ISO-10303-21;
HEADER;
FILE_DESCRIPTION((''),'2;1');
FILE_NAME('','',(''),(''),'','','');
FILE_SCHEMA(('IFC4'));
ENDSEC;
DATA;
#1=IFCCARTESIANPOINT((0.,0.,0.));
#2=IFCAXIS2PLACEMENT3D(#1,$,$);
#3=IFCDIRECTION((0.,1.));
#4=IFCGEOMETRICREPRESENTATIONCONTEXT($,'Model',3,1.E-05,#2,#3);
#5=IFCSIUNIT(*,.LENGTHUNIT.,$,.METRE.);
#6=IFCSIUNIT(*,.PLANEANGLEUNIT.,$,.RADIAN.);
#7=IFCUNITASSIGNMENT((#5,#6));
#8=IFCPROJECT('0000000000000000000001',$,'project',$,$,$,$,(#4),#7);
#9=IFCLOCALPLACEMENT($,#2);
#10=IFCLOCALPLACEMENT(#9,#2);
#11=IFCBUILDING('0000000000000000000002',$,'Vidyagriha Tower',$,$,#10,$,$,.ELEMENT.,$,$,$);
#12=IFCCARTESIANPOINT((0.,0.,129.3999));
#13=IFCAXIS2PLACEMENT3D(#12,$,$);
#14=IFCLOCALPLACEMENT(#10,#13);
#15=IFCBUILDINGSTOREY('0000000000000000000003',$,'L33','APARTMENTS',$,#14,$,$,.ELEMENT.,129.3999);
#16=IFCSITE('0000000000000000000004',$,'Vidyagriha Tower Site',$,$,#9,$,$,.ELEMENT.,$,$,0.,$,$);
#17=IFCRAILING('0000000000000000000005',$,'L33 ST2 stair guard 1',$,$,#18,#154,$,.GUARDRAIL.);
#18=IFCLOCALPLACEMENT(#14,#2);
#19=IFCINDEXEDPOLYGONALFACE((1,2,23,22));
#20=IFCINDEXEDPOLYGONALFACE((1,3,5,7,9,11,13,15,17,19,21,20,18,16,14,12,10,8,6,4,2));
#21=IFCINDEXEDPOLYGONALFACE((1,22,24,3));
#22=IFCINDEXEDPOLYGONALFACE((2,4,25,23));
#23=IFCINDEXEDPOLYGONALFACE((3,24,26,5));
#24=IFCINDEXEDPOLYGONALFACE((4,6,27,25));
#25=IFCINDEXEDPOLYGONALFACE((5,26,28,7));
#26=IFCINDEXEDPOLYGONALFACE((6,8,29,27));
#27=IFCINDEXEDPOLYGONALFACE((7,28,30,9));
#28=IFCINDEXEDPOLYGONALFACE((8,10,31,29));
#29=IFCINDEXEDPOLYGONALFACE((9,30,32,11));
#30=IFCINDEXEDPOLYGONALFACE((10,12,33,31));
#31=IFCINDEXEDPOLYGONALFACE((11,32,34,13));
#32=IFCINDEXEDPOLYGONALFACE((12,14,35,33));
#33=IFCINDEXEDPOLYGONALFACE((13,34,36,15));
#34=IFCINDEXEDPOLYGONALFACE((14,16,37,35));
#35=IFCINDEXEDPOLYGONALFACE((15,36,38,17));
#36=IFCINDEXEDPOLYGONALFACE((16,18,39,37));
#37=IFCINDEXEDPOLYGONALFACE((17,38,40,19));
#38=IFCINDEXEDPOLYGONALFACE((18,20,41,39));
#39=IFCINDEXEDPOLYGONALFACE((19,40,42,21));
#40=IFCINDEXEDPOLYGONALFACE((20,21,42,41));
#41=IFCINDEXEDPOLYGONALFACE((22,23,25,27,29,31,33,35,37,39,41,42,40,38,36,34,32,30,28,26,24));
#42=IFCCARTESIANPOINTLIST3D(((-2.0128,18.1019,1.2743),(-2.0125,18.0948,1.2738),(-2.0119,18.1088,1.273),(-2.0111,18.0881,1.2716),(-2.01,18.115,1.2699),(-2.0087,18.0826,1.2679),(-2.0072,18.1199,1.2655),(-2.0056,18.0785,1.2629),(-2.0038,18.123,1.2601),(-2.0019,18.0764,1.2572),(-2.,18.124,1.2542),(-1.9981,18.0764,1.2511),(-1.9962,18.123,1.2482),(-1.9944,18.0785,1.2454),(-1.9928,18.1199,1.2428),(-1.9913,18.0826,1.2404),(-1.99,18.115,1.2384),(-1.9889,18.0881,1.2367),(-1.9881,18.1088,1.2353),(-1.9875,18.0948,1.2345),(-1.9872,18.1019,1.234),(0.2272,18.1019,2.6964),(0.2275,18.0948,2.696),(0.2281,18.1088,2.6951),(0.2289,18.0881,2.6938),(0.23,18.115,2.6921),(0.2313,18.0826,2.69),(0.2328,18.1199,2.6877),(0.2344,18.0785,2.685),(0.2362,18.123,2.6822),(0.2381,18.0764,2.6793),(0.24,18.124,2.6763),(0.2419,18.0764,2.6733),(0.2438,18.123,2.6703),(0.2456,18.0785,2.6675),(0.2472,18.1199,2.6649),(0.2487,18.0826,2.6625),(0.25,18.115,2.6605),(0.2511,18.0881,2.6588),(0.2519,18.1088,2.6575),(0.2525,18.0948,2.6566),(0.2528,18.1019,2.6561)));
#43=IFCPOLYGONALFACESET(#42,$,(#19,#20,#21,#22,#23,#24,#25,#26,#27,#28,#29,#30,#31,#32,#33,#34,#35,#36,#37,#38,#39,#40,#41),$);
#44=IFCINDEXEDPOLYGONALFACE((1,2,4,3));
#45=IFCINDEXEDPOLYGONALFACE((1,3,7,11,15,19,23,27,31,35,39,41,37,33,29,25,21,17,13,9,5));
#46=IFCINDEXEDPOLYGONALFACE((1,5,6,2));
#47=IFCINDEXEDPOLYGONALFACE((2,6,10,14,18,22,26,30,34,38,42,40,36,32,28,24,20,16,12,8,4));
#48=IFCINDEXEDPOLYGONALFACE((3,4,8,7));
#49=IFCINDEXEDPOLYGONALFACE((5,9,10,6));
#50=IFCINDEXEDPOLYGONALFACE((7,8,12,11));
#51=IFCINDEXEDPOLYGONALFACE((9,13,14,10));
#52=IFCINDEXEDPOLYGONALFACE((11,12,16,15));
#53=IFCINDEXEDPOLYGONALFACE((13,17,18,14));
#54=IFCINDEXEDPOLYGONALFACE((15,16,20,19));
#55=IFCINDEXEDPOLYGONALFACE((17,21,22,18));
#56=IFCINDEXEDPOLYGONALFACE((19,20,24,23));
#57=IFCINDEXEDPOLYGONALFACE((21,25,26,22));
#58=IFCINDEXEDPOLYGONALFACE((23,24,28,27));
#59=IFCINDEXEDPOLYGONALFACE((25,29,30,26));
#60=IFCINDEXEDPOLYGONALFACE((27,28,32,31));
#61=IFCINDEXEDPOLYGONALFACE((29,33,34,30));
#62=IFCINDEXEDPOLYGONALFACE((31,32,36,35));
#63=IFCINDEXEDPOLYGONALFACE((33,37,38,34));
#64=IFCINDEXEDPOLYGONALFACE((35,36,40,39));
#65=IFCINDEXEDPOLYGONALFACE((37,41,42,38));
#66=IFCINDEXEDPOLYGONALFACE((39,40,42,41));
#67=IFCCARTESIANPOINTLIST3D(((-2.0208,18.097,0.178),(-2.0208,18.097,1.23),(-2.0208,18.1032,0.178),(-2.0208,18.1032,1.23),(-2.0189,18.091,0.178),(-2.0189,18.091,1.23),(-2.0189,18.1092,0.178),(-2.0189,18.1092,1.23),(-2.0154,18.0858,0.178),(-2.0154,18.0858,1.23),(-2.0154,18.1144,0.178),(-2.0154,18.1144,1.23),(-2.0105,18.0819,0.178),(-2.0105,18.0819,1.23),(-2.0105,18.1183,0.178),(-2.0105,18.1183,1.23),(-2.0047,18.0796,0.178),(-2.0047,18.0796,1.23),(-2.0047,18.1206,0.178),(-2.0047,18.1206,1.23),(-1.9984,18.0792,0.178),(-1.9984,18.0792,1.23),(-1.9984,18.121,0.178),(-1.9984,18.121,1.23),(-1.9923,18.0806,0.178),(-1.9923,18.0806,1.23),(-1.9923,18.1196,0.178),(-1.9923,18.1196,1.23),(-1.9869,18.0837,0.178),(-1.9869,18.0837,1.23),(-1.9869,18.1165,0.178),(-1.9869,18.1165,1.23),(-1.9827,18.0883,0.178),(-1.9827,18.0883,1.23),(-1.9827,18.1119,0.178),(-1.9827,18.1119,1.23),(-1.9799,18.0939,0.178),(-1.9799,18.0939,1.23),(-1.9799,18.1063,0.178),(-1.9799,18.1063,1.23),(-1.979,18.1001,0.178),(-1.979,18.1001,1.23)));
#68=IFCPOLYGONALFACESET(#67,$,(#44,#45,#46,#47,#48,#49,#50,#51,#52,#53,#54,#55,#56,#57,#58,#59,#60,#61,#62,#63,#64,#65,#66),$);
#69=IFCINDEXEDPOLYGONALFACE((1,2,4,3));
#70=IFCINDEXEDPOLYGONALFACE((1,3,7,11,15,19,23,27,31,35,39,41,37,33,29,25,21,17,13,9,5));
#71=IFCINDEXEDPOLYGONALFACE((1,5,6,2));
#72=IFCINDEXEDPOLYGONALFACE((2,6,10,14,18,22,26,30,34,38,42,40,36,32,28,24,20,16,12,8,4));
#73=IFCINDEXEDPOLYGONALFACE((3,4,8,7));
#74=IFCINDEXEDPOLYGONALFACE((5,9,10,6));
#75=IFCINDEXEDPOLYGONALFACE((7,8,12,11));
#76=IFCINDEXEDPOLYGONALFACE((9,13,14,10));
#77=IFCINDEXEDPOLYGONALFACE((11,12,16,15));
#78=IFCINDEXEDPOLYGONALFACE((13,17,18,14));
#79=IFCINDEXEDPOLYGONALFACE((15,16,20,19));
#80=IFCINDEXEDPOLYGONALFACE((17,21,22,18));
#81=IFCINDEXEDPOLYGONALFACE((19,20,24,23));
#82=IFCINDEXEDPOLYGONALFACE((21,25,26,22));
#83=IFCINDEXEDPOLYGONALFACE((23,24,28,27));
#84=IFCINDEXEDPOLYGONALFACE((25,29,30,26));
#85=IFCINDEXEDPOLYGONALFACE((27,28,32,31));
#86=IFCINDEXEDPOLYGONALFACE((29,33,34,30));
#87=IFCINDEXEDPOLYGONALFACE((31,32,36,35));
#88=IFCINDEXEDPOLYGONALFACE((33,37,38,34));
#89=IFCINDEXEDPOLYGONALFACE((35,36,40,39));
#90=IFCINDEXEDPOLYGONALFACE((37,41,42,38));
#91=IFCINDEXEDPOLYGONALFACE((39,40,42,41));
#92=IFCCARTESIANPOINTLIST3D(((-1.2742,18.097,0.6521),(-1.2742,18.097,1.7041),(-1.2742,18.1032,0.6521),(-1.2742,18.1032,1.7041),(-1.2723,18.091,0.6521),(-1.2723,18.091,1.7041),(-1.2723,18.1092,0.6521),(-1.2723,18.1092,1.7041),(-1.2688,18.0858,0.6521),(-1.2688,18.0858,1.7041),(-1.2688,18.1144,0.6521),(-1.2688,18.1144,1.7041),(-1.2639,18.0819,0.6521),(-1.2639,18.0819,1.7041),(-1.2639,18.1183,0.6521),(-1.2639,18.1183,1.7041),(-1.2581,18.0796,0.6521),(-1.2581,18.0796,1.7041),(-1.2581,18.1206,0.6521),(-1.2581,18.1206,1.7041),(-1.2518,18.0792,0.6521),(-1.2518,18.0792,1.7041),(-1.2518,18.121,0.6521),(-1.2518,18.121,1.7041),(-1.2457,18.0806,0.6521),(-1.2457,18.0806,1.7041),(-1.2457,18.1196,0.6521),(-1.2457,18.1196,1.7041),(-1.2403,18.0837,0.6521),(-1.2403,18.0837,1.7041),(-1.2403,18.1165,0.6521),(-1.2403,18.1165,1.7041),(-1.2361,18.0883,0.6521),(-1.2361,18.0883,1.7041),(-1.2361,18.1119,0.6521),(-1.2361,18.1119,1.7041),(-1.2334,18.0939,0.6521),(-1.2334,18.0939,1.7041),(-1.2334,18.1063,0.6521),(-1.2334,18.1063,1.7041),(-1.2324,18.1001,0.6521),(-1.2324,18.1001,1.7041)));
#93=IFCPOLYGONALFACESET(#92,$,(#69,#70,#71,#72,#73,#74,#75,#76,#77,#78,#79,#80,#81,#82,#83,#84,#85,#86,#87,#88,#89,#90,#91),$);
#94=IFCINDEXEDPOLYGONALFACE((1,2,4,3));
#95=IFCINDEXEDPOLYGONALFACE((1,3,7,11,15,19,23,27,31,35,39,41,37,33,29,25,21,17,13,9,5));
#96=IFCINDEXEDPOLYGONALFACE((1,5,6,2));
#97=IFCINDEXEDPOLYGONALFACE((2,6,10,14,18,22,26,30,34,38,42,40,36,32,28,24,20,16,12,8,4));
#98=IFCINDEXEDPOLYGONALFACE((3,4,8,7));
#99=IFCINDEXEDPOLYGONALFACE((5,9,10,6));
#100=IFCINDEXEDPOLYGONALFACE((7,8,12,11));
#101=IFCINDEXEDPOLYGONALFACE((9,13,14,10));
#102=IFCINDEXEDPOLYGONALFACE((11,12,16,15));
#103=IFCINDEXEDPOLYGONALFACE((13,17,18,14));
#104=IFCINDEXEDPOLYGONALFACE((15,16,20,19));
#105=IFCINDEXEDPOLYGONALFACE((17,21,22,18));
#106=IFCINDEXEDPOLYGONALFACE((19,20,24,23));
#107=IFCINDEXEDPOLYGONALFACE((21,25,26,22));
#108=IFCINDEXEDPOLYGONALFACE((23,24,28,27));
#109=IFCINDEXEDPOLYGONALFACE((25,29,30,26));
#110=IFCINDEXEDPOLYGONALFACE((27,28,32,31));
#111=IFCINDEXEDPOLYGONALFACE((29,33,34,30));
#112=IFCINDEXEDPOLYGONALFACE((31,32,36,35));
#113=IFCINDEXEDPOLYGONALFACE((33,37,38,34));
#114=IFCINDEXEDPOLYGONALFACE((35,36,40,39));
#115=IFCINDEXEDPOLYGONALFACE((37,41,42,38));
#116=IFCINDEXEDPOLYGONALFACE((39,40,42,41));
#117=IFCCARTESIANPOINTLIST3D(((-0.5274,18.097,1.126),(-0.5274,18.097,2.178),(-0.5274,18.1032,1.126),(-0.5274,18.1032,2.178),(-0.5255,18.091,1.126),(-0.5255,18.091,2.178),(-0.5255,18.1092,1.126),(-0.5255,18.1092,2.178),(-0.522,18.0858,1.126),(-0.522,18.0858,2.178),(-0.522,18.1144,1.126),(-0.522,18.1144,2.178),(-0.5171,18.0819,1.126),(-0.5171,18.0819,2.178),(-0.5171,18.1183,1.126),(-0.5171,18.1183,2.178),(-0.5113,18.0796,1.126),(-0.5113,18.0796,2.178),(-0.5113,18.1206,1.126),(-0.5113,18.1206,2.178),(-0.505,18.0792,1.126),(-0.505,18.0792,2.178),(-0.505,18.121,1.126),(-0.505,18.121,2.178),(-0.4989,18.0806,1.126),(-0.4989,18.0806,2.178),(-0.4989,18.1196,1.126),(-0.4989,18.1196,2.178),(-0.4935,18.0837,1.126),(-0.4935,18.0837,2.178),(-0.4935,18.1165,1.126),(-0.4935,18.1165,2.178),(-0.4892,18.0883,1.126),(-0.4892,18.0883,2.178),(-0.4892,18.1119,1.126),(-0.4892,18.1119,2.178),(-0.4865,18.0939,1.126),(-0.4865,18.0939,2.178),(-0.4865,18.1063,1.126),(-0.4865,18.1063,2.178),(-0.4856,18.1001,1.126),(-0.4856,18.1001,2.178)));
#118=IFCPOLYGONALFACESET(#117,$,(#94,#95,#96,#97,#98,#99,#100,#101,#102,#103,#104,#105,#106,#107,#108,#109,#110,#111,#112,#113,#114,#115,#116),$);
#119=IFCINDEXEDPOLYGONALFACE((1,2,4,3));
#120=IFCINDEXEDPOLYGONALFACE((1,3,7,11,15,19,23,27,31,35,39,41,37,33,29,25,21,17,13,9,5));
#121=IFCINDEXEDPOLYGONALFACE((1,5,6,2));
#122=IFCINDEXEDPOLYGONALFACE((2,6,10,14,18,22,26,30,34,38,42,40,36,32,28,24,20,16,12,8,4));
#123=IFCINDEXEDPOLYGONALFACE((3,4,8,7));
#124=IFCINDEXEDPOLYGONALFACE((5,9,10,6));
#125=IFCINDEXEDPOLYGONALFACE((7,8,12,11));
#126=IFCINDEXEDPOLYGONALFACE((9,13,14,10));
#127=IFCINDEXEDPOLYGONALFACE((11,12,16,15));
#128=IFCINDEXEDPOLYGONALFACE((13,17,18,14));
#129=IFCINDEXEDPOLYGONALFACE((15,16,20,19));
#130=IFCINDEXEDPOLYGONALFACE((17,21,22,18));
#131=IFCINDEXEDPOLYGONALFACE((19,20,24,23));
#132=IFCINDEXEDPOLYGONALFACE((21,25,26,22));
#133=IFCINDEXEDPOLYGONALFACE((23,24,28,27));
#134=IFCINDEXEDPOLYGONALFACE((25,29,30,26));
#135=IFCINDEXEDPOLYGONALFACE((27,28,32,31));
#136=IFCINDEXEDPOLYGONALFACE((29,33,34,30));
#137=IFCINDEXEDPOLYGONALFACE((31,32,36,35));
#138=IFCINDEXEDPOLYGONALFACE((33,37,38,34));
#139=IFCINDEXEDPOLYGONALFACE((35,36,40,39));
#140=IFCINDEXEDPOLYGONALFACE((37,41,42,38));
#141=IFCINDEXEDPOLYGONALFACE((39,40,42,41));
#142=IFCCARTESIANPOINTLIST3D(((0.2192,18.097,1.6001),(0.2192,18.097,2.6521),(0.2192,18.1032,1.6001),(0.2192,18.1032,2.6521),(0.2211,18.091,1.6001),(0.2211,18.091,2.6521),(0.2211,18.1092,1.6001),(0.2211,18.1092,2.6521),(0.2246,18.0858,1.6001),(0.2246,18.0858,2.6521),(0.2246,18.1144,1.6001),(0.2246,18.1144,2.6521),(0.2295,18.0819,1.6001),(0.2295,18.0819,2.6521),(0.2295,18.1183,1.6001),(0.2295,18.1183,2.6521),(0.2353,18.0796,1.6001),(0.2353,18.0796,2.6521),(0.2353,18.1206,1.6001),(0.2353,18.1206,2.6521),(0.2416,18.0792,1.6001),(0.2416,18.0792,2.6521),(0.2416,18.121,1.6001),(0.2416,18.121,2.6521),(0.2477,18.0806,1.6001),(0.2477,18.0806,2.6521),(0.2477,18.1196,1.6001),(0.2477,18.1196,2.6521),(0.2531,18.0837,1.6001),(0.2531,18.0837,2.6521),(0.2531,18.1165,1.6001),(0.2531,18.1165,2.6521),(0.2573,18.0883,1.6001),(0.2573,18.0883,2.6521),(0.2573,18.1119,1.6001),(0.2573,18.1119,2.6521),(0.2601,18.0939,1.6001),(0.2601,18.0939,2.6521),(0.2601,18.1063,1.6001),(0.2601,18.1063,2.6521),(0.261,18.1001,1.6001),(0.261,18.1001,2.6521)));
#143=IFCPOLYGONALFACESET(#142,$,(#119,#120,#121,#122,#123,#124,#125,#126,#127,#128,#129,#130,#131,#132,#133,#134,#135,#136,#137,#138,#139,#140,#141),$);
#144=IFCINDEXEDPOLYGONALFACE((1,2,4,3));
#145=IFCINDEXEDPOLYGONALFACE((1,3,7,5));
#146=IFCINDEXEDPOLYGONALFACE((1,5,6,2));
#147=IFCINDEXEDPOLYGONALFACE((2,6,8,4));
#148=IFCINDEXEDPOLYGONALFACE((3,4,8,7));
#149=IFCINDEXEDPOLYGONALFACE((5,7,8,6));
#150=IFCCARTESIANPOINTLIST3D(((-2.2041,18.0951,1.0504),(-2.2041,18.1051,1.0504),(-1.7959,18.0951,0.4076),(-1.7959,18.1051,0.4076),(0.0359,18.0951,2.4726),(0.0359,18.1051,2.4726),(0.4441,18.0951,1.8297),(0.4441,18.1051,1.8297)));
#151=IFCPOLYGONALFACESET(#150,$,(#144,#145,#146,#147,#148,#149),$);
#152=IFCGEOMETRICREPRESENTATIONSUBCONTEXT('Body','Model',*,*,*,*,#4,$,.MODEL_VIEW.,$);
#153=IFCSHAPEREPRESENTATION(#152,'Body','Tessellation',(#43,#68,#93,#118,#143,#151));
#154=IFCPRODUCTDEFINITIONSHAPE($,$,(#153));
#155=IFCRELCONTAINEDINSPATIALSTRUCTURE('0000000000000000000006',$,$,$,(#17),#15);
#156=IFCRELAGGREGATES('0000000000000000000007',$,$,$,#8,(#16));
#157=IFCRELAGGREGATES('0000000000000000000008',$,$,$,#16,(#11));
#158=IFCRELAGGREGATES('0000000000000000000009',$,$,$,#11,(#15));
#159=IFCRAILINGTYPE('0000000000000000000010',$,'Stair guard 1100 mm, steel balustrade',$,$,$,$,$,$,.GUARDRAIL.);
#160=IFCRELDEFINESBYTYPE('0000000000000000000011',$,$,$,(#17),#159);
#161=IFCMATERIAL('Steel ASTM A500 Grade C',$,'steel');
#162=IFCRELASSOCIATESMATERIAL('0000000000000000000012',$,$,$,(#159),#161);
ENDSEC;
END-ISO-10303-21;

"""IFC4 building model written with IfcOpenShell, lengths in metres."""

from ifc_helpers import new_model, si_unit, direction, frame, origin, origin_2d, place, context, subcontext, project, spatial, rectangle, circle, extrude, material, type_object, element, save


model = new_model("IFC4")

# Units and contexts
model_context = context("Model", 3, precision=1e-05, world=origin(), true_north=direction((0.0, 1.0)))
body_context = subcontext(model_context, "Body", "Model", "MODEL_VIEW")
ifc_project = project(units=[si_unit("LENGTHUNIT", "METRE"), si_unit("PLANEANGLEUNIT", "RADIAN")], contexts=[model_context])

# Site, building, storey
site_placement = place(None, origin())
site = spatial("IfcSite", under=ifc_project, at=site_placement, Name="Vidyagriha Tower Site", CompositionType="ELEMENT", RefElevation=0.0)
building_placement = place(site_placement, origin())
building = spatial("IfcBuilding", under=site, at=building_placement, Name="Vidyagriha Tower", CompositionType="ELEMENT")
storey_placement = place(building_placement, frame((0.0, 0.0, 129.3999)))
storey = spatial("IfcBuildingStorey", under=building, at=storey_placement, Name="L33", Description="APARTMENTS", CompositionType="ELEMENT", Elevation=129.3999)

# Railing
ifc_material_1 = material(Name="Steel ASTM A500 Grade C", Category="steel")
railing_type_1 = type_object("IfcRailingType", Name="Stair guard 1100 mm, steel balustrade", PredefinedType="GUARDRAIL", material=ifc_material_1)
railing_1_placement = place(storey_placement, frame((-2.0, 18.1001, 0.178)))
element("IfcRailing", 1, at=railing_1_placement, inside=storey, type_object=railing_type_1, Name="L33 ST2 stair guard 1", PredefinedType="GUARDRAIL", context=body_context, shape_type="SweptSolid", body=[
    extrude(circle(Radius=0.0239, at=origin_2d()), frame((0.0, 0.0, 1.0762), z_axis=(0.844229, 0.0, 0.535982), x_axis=(0.0, 1.0, 0.0)), (0.0, 0.0, 1.0), 2.6533),
    extrude(circle(Radius=0.021, at=origin_2d()), origin(), (0.0, 0.0, 1.0), 1.052),
    extrude(circle(Radius=0.021, at=origin_2d()), frame((0.7466, 0.0, 0.4741)), (0.0, 0.0, 1.0), 1.052),
    extrude(circle(Radius=0.021, at=origin_2d()), frame((1.4934, 0.0, 0.948)), (0.0, 0.0, 1.0), 1.052),
    extrude(circle(Radius=0.021, at=origin_2d()), frame((2.24, 0.0, 1.4221)), (0.0, 0.0, 1.0), 1.052),
    extrude(rectangle(XDim=0.01, YDim=0.7615, at=origin_2d()), frame((0.0, 0.0, 0.551), z_axis=(0.844229, 0.0, 0.535982), x_axis=(0.0, 1.0, 0.0)), (0.0, 0.0, 1.0), 2.6533),
])

save(model, "model.ifc")
